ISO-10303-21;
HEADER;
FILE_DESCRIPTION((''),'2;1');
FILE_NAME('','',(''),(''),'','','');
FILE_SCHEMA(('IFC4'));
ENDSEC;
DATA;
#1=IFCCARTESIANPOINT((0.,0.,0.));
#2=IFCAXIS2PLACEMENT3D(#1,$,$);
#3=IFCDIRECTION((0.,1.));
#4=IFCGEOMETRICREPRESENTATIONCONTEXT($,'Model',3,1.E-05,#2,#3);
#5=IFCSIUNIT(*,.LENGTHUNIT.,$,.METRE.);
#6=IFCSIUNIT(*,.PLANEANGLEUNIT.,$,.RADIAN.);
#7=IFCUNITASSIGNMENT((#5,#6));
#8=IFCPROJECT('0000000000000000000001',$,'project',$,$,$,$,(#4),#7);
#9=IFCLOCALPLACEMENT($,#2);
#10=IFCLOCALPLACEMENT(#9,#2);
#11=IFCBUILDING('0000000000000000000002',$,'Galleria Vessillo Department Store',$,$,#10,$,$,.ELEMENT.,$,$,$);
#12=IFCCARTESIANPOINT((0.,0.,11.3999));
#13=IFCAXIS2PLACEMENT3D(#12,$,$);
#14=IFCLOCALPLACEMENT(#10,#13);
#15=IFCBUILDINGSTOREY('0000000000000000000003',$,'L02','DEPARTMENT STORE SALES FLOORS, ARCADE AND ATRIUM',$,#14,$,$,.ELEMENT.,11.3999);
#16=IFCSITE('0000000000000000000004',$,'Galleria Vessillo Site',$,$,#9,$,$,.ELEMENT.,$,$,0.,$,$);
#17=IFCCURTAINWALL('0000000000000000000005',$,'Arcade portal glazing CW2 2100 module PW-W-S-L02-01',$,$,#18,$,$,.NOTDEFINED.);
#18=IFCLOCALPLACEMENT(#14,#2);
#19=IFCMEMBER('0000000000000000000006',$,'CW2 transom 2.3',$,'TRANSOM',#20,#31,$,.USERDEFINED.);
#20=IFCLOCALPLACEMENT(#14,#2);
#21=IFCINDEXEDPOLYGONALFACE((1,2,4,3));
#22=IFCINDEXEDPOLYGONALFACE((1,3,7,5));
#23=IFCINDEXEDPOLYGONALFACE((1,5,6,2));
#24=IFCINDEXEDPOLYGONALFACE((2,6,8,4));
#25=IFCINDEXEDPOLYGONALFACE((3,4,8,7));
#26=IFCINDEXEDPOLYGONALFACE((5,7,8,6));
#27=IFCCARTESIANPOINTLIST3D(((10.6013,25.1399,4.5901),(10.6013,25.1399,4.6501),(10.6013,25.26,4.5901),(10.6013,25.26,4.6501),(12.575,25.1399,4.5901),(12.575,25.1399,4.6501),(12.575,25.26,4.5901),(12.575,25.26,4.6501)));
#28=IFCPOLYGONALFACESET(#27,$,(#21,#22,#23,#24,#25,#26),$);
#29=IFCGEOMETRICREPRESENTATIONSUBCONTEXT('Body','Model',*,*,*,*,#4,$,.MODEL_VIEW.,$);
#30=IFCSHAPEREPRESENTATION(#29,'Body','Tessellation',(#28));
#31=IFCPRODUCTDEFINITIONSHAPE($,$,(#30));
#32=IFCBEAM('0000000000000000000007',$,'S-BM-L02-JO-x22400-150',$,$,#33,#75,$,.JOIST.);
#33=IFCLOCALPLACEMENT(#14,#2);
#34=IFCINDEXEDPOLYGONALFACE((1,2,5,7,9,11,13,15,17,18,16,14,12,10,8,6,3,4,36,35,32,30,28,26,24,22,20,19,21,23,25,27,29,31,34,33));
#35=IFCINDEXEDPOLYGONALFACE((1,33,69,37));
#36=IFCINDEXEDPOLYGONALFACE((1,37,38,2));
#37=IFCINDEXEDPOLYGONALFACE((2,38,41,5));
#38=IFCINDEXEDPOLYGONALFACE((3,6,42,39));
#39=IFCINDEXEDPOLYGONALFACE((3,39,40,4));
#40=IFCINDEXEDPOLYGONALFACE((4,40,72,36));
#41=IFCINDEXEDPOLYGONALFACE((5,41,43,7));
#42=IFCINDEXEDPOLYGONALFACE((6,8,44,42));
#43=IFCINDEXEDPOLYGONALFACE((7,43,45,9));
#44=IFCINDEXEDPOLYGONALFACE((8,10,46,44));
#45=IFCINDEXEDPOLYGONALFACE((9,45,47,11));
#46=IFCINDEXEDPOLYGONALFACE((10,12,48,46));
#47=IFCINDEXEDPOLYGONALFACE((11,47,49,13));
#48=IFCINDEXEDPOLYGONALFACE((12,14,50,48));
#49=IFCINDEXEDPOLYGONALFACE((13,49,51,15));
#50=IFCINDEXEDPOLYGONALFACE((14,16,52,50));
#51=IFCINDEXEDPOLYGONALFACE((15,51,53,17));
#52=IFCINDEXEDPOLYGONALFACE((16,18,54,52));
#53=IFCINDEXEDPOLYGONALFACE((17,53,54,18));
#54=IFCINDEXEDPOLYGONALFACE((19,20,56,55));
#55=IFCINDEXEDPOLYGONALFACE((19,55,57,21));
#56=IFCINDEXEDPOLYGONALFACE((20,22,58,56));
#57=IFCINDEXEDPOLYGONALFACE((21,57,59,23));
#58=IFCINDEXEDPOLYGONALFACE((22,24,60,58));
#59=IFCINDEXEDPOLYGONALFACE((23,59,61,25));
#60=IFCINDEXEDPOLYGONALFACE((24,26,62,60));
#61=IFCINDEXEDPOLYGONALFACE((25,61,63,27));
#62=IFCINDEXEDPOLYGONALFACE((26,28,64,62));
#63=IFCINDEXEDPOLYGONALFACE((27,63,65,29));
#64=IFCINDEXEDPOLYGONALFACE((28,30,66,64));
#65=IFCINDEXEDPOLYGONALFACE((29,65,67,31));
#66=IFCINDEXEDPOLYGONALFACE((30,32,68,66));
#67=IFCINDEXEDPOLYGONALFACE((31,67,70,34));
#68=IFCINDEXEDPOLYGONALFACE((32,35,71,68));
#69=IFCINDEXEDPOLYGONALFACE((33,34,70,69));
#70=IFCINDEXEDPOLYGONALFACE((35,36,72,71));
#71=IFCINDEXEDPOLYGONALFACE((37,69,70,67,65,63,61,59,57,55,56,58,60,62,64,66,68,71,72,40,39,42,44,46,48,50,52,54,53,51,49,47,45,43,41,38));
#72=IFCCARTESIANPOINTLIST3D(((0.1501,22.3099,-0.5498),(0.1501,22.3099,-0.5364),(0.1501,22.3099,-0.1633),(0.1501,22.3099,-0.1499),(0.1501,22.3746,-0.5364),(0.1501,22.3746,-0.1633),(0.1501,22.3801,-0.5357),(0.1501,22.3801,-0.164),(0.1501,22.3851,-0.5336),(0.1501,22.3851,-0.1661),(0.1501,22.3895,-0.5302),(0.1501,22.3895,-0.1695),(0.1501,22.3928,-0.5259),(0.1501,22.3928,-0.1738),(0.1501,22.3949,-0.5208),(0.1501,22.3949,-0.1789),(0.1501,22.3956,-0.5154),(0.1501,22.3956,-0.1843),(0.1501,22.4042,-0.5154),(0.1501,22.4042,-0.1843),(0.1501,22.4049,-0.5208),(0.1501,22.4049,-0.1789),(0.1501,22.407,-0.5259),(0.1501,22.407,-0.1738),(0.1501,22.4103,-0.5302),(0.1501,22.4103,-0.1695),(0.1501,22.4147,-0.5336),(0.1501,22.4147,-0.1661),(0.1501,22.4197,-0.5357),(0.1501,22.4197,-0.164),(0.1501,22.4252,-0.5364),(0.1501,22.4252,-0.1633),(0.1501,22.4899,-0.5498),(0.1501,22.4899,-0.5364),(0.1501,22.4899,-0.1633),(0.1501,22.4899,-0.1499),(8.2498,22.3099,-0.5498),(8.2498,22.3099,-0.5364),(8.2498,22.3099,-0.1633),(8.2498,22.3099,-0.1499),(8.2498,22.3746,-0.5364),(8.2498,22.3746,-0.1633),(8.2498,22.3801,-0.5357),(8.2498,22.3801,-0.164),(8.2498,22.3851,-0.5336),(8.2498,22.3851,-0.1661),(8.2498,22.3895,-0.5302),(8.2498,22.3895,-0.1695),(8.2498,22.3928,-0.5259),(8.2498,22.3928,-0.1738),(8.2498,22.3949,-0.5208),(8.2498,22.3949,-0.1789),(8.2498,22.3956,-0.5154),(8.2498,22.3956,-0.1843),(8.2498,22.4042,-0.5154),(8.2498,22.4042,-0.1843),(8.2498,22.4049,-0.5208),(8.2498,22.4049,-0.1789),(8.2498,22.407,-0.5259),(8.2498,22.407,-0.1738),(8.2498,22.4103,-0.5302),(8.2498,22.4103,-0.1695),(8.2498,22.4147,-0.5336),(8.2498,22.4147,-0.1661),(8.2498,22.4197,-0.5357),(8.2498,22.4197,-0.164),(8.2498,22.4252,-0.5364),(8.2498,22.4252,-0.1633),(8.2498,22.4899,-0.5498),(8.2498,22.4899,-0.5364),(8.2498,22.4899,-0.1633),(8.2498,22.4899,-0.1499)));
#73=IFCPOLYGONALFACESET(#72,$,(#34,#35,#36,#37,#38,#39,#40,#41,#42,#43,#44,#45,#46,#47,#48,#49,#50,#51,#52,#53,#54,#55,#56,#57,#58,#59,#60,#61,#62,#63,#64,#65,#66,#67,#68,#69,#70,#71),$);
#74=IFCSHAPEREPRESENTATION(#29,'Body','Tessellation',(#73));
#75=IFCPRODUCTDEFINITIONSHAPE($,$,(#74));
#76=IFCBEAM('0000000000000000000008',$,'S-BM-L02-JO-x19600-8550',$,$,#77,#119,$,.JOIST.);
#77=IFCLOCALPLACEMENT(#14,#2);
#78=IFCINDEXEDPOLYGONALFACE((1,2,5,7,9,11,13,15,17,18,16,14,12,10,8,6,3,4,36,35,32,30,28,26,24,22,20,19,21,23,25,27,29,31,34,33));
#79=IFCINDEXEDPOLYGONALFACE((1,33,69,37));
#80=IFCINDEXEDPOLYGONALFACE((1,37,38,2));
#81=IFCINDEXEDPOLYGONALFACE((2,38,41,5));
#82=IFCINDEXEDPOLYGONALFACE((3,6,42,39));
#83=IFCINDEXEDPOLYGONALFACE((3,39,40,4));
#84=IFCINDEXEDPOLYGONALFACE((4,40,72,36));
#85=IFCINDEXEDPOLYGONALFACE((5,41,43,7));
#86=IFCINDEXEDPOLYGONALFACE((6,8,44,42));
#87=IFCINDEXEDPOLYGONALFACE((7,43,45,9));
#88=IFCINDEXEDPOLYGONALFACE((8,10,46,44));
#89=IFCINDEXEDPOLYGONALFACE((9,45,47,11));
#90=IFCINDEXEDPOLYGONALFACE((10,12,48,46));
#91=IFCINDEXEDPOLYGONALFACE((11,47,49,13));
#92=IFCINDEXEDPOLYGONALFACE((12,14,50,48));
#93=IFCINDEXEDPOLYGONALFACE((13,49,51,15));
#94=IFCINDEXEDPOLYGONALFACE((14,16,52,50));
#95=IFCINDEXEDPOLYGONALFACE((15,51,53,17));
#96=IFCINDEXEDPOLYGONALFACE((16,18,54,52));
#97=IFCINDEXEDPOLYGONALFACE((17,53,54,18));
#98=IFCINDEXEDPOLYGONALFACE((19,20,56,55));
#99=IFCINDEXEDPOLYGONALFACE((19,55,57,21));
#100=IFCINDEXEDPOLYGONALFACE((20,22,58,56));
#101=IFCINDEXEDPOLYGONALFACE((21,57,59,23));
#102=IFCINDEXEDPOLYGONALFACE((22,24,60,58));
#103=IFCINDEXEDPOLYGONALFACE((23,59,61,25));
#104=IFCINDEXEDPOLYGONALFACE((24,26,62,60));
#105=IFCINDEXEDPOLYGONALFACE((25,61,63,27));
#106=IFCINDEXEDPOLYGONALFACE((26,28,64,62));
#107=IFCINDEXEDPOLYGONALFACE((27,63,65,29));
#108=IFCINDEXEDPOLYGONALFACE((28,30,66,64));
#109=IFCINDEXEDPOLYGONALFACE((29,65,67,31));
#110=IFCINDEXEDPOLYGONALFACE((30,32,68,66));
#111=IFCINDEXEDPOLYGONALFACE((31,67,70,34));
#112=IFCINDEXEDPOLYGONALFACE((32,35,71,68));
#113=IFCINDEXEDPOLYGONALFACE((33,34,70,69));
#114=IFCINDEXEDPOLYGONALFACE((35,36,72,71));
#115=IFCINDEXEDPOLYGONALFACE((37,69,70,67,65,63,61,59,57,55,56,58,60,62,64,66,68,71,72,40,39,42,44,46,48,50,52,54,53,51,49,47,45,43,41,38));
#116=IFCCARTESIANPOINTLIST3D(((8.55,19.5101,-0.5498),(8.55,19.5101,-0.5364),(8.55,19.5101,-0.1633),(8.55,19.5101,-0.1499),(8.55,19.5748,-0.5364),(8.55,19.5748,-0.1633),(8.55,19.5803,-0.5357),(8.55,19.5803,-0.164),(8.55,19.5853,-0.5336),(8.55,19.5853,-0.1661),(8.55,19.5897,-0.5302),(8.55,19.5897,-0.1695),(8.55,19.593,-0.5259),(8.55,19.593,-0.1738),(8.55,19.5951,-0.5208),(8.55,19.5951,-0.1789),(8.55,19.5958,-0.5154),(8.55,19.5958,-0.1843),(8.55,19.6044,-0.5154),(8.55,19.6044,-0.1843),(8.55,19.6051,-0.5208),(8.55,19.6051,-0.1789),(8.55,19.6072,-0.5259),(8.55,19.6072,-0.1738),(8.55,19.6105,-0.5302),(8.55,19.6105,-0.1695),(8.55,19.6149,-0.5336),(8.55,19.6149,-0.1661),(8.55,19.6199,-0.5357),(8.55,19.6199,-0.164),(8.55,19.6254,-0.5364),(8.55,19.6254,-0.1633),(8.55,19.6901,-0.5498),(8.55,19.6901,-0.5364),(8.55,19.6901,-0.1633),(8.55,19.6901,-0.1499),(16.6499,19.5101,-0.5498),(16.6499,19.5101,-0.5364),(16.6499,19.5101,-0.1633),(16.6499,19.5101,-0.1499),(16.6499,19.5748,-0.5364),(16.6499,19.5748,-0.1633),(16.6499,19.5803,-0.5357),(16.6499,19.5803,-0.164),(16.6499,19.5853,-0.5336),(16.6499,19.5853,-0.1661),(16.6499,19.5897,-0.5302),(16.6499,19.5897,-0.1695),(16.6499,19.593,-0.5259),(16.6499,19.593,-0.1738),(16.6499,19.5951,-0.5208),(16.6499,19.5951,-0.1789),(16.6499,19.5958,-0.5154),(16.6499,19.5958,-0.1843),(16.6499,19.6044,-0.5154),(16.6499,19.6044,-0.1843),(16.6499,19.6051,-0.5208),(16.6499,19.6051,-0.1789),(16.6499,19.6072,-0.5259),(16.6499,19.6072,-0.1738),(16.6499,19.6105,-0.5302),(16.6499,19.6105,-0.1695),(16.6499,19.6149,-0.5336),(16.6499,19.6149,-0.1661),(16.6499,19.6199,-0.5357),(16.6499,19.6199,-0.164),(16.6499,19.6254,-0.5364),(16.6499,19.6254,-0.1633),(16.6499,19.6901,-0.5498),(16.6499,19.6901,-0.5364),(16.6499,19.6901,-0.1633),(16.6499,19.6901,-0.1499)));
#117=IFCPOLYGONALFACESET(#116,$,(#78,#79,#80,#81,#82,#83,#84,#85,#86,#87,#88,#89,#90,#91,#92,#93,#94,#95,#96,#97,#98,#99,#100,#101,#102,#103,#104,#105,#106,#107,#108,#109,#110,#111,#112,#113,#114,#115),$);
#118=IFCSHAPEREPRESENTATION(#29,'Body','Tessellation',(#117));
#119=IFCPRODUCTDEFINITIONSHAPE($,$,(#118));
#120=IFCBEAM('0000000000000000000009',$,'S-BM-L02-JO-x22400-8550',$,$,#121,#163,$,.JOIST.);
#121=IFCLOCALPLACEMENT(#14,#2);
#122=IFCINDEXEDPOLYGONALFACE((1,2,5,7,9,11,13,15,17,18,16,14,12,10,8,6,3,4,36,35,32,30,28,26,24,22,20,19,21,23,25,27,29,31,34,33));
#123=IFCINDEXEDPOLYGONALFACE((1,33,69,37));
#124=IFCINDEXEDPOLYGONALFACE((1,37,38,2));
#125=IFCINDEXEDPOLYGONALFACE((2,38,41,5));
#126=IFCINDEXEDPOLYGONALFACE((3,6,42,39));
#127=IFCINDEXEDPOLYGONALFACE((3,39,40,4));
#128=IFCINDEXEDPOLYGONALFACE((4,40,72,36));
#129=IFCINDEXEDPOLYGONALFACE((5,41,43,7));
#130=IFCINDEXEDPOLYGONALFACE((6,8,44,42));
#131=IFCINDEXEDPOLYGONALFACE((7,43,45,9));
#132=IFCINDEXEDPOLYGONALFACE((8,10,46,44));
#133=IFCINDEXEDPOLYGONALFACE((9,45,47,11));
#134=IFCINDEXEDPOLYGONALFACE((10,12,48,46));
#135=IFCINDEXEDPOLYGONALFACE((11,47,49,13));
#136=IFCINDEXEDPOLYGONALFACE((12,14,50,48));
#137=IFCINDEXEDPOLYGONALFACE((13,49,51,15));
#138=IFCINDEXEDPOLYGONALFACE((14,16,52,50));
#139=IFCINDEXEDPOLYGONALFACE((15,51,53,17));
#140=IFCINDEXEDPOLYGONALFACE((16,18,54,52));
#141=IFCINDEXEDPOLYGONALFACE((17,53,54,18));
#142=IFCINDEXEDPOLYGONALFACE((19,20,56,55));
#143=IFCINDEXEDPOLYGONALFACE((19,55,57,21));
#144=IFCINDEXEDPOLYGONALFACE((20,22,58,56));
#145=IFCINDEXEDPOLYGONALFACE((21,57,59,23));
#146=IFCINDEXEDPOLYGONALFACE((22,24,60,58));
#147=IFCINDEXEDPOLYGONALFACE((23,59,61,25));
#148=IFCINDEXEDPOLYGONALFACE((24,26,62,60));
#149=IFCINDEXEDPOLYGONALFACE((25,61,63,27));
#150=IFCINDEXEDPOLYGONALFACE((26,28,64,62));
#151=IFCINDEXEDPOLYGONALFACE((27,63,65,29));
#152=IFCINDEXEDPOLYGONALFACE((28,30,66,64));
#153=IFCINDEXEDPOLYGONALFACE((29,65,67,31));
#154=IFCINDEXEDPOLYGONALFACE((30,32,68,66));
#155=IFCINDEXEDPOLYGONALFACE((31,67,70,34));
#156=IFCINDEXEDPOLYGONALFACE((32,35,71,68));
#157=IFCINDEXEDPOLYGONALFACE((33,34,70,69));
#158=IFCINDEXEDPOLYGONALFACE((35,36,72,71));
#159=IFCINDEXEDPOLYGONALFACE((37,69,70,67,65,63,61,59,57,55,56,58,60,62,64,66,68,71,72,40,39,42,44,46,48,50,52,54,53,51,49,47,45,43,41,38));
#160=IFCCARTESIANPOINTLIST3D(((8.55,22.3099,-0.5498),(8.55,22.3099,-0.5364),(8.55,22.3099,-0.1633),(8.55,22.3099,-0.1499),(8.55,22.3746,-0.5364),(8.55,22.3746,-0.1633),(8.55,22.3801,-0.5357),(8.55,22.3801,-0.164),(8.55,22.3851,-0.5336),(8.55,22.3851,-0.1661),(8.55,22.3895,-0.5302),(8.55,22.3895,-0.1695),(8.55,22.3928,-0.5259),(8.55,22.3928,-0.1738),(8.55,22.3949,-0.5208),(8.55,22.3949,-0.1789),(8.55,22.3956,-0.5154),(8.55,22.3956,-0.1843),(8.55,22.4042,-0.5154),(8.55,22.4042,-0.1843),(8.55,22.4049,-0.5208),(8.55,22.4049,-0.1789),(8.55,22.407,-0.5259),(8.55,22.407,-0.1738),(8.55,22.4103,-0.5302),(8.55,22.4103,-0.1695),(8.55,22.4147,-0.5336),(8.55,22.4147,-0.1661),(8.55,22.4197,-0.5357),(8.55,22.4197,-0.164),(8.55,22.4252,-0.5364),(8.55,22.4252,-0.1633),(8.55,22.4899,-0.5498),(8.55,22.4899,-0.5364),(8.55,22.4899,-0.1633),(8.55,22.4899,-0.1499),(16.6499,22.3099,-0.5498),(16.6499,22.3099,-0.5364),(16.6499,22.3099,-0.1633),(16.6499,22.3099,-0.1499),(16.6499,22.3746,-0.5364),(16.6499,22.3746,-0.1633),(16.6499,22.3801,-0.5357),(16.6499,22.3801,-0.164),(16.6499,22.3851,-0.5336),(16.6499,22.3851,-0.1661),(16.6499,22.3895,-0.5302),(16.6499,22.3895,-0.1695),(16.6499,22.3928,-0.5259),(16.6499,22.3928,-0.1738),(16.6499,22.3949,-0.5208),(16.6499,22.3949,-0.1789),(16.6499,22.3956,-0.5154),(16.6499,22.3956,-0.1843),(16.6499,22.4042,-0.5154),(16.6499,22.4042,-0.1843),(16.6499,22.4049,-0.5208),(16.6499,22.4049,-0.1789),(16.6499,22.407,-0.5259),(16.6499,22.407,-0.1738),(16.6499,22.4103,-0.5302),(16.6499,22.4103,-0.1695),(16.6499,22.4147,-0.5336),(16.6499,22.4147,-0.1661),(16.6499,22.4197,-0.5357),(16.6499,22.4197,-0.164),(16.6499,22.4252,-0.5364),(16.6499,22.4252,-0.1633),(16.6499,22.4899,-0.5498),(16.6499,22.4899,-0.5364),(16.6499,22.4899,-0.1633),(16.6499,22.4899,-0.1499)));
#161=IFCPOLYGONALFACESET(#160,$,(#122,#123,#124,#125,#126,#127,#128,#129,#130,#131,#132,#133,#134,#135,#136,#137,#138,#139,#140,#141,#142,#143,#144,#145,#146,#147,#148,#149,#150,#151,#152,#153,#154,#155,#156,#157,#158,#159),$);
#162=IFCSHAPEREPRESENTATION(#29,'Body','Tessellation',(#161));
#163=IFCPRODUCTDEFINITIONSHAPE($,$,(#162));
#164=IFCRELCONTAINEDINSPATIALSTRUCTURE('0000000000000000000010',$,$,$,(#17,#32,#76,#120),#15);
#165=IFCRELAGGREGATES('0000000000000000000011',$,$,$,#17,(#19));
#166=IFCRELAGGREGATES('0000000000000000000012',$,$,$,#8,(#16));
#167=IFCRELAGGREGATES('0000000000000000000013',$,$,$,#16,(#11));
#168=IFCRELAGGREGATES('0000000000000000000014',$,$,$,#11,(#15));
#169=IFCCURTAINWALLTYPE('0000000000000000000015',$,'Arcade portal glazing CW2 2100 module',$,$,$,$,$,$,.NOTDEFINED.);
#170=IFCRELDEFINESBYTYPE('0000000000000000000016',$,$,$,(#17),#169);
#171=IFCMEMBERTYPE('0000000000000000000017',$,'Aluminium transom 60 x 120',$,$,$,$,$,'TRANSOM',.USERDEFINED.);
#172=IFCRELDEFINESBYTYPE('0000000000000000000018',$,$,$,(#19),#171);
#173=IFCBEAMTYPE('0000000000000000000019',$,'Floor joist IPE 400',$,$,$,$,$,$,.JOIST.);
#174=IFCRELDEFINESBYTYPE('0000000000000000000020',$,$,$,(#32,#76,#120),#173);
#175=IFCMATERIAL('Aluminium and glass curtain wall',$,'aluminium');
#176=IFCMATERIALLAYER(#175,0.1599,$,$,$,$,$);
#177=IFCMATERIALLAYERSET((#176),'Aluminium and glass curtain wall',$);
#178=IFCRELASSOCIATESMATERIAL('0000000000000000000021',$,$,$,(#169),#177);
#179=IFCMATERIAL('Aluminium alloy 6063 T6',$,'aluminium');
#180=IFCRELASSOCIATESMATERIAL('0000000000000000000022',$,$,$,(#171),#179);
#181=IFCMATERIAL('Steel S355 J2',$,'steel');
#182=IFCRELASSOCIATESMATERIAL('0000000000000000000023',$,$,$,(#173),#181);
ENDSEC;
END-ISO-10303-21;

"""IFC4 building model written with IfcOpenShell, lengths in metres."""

from ifc_helpers import new_model, si_unit, direction, frame, origin, origin_2d, place, context, subcontext, project, spatial, rectangle, i_section, extrude, material, layer, layer_set, material_profile, profile_set, type_object, element, aggregate, save


model = new_model("IFC4")

# Units and contexts
model_context = context("Model", 3, precision=1e-05, world=origin(), true_north=direction((0.0, 1.0)))
body_context = subcontext(model_context, "Body", "Model", "MODEL_VIEW")
ifc_project = project(units=[si_unit("LENGTHUNIT", "METRE"), si_unit("PLANEANGLEUNIT", "RADIAN")], contexts=[model_context])

# Site, building, storey
site_placement = place(None, origin())
site = spatial("IfcSite", under=ifc_project, at=site_placement, Name="Galleria Vessillo Site", CompositionType="ELEMENT", RefElevation=0.0)
building_placement = place(site_placement, origin())
building = spatial("IfcBuilding", under=site, at=building_placement, Name="Galleria Vessillo Department Store", CompositionType="ELEMENT")
storey_placement = place(building_placement, frame((0.0, 0.0, 11.3999)))
storey = spatial("IfcBuildingStorey", under=building, at=storey_placement, Name="L02", Description="DEPARTMENT STORE SALES FLOORS, ARCADE AND ATRIUM", CompositionType="ELEMENT", Elevation=11.3999)

# Curtain wall, member
ifc_material_1 = material(Name="Aluminium and glass curtain wall", Category="aluminium")
ifc_layer_1 = layer(ifc_material_1, 0.1599)
ifc_layer_set_1 = layer_set([ifc_layer_1], Name="Aluminium and glass curtain wall")
curtain_wall_type = type_object("IfcCurtainWallType", Name="Arcade portal glazing CW2 2100 module", PredefinedType="NOTDEFINED", material=ifc_layer_set_1)
curtain_wall_placement = place(storey_placement, origin())
curtain_wall = element("IfcCurtainWall", 1, at=curtain_wall_placement, inside=storey, type_object=curtain_wall_type, Name="Arcade portal glazing CW2 2100 module PW-W-S-L02-01", PredefinedType="NOTDEFINED")
ifc_material_2 = material(Name="Aluminium alloy 6063 T6", Category="aluminium")
ifc_material_profile_1 = material_profile(ifc_material_2, rectangle(XDim=0.1201, YDim=0.0601, at=origin_2d()), Name="AL 60x120")
ifc_profile_set_1 = profile_set([ifc_material_profile_1], Name="Aluminium alloy 6063 T6")
member_type_1 = type_object("IfcMemberType", Name="Aluminium transom 60 x 120", ElementType="TRANSOM", PredefinedType="USERDEFINED", material=ifc_profile_set_1)
member_1_placement = place(storey_placement, frame((10.6013, 25.2, 4.6201), z_axis=(1.0, 0.0, 0.0), x_axis=(0.0, 1.0, 0.0)))
member_1 = element("IfcMember", 2, at=member_1_placement, type_object=member_type_1, Name="CW2 transom 2.3", ObjectType="TRANSOM", PredefinedType="USERDEFINED", context=body_context, shape_type="SweptSolid", body=[
    extrude(rectangle(XDim=0.1201, YDim=0.0601, at=origin_2d()), origin(), (0.0, 0.0, 1.0), 1.9736),
])

# Beams
ifc_material_3 = material(Name="Steel S355 J2", Category="steel")
ifc_material_profile_2 = material_profile(ifc_material_3, i_section(OverallWidth=0.1799, OverallDepth=0.3999, WebThickness=0.0085, FlangeThickness=0.0134, FilletRadius=0.021, at=origin_2d()), Name="IPE 400")
ifc_profile_set_2 = profile_set([ifc_material_profile_2], Name="Steel S355 J2")
beam_type_1 = type_object("IfcBeamType", Name="Floor joist IPE 400", PredefinedType="JOIST", material=ifc_profile_set_2)
beam_1_placement = place(storey_placement, frame((0.1501, 22.3999, -0.3499), z_axis=(1.0, 0.0, 0.0), x_axis=(0.0, 1.0, 0.0)))
element("IfcBeam", 3, at=beam_1_placement, inside=storey, type_object=beam_type_1, Name="S-BM-L02-JO-x22400-150", PredefinedType="JOIST", context=body_context, shape_type="SweptSolid", body=[
    extrude(i_section(OverallWidth=0.1799, OverallDepth=0.3999, WebThickness=0.0085, FlangeThickness=0.0134, FilletRadius=0.021, at=origin_2d()), origin(), (0.0, 0.0, 1.0), 8.0996),
])
for number, where, z_axis, x_axis, name in (
    (4, (8.55, 19.6001, -0.3499), (1.0, 0.0, 0.0), (0.0, 1.0, 0.0), "S-BM-L02-JO-x19600-8550"),
    (5, (8.55, 22.3999, -0.3499), (1.0, 0.0, 0.0), (0.0, 1.0, 0.0), "S-BM-L02-JO-x22400-8550"),
):
    element("IfcBeam", number, at=place(storey_placement, frame(where, z_axis=z_axis, x_axis=x_axis)), inside=storey, type_object=beam_type_1, Name=name, PredefinedType="JOIST", context=body_context, shape_type="SweptSolid", body=[
        extrude(i_section(OverallWidth=0.1799, OverallDepth=0.3999, WebThickness=0.0085, FlangeThickness=0.0134, FilletRadius=0.021, at=origin_2d()), origin(), (0.0, 0.0, 1.0), 8.0999),
    ])

aggregate(curtain_wall, [member_1])

save(model, "model.ifc")
